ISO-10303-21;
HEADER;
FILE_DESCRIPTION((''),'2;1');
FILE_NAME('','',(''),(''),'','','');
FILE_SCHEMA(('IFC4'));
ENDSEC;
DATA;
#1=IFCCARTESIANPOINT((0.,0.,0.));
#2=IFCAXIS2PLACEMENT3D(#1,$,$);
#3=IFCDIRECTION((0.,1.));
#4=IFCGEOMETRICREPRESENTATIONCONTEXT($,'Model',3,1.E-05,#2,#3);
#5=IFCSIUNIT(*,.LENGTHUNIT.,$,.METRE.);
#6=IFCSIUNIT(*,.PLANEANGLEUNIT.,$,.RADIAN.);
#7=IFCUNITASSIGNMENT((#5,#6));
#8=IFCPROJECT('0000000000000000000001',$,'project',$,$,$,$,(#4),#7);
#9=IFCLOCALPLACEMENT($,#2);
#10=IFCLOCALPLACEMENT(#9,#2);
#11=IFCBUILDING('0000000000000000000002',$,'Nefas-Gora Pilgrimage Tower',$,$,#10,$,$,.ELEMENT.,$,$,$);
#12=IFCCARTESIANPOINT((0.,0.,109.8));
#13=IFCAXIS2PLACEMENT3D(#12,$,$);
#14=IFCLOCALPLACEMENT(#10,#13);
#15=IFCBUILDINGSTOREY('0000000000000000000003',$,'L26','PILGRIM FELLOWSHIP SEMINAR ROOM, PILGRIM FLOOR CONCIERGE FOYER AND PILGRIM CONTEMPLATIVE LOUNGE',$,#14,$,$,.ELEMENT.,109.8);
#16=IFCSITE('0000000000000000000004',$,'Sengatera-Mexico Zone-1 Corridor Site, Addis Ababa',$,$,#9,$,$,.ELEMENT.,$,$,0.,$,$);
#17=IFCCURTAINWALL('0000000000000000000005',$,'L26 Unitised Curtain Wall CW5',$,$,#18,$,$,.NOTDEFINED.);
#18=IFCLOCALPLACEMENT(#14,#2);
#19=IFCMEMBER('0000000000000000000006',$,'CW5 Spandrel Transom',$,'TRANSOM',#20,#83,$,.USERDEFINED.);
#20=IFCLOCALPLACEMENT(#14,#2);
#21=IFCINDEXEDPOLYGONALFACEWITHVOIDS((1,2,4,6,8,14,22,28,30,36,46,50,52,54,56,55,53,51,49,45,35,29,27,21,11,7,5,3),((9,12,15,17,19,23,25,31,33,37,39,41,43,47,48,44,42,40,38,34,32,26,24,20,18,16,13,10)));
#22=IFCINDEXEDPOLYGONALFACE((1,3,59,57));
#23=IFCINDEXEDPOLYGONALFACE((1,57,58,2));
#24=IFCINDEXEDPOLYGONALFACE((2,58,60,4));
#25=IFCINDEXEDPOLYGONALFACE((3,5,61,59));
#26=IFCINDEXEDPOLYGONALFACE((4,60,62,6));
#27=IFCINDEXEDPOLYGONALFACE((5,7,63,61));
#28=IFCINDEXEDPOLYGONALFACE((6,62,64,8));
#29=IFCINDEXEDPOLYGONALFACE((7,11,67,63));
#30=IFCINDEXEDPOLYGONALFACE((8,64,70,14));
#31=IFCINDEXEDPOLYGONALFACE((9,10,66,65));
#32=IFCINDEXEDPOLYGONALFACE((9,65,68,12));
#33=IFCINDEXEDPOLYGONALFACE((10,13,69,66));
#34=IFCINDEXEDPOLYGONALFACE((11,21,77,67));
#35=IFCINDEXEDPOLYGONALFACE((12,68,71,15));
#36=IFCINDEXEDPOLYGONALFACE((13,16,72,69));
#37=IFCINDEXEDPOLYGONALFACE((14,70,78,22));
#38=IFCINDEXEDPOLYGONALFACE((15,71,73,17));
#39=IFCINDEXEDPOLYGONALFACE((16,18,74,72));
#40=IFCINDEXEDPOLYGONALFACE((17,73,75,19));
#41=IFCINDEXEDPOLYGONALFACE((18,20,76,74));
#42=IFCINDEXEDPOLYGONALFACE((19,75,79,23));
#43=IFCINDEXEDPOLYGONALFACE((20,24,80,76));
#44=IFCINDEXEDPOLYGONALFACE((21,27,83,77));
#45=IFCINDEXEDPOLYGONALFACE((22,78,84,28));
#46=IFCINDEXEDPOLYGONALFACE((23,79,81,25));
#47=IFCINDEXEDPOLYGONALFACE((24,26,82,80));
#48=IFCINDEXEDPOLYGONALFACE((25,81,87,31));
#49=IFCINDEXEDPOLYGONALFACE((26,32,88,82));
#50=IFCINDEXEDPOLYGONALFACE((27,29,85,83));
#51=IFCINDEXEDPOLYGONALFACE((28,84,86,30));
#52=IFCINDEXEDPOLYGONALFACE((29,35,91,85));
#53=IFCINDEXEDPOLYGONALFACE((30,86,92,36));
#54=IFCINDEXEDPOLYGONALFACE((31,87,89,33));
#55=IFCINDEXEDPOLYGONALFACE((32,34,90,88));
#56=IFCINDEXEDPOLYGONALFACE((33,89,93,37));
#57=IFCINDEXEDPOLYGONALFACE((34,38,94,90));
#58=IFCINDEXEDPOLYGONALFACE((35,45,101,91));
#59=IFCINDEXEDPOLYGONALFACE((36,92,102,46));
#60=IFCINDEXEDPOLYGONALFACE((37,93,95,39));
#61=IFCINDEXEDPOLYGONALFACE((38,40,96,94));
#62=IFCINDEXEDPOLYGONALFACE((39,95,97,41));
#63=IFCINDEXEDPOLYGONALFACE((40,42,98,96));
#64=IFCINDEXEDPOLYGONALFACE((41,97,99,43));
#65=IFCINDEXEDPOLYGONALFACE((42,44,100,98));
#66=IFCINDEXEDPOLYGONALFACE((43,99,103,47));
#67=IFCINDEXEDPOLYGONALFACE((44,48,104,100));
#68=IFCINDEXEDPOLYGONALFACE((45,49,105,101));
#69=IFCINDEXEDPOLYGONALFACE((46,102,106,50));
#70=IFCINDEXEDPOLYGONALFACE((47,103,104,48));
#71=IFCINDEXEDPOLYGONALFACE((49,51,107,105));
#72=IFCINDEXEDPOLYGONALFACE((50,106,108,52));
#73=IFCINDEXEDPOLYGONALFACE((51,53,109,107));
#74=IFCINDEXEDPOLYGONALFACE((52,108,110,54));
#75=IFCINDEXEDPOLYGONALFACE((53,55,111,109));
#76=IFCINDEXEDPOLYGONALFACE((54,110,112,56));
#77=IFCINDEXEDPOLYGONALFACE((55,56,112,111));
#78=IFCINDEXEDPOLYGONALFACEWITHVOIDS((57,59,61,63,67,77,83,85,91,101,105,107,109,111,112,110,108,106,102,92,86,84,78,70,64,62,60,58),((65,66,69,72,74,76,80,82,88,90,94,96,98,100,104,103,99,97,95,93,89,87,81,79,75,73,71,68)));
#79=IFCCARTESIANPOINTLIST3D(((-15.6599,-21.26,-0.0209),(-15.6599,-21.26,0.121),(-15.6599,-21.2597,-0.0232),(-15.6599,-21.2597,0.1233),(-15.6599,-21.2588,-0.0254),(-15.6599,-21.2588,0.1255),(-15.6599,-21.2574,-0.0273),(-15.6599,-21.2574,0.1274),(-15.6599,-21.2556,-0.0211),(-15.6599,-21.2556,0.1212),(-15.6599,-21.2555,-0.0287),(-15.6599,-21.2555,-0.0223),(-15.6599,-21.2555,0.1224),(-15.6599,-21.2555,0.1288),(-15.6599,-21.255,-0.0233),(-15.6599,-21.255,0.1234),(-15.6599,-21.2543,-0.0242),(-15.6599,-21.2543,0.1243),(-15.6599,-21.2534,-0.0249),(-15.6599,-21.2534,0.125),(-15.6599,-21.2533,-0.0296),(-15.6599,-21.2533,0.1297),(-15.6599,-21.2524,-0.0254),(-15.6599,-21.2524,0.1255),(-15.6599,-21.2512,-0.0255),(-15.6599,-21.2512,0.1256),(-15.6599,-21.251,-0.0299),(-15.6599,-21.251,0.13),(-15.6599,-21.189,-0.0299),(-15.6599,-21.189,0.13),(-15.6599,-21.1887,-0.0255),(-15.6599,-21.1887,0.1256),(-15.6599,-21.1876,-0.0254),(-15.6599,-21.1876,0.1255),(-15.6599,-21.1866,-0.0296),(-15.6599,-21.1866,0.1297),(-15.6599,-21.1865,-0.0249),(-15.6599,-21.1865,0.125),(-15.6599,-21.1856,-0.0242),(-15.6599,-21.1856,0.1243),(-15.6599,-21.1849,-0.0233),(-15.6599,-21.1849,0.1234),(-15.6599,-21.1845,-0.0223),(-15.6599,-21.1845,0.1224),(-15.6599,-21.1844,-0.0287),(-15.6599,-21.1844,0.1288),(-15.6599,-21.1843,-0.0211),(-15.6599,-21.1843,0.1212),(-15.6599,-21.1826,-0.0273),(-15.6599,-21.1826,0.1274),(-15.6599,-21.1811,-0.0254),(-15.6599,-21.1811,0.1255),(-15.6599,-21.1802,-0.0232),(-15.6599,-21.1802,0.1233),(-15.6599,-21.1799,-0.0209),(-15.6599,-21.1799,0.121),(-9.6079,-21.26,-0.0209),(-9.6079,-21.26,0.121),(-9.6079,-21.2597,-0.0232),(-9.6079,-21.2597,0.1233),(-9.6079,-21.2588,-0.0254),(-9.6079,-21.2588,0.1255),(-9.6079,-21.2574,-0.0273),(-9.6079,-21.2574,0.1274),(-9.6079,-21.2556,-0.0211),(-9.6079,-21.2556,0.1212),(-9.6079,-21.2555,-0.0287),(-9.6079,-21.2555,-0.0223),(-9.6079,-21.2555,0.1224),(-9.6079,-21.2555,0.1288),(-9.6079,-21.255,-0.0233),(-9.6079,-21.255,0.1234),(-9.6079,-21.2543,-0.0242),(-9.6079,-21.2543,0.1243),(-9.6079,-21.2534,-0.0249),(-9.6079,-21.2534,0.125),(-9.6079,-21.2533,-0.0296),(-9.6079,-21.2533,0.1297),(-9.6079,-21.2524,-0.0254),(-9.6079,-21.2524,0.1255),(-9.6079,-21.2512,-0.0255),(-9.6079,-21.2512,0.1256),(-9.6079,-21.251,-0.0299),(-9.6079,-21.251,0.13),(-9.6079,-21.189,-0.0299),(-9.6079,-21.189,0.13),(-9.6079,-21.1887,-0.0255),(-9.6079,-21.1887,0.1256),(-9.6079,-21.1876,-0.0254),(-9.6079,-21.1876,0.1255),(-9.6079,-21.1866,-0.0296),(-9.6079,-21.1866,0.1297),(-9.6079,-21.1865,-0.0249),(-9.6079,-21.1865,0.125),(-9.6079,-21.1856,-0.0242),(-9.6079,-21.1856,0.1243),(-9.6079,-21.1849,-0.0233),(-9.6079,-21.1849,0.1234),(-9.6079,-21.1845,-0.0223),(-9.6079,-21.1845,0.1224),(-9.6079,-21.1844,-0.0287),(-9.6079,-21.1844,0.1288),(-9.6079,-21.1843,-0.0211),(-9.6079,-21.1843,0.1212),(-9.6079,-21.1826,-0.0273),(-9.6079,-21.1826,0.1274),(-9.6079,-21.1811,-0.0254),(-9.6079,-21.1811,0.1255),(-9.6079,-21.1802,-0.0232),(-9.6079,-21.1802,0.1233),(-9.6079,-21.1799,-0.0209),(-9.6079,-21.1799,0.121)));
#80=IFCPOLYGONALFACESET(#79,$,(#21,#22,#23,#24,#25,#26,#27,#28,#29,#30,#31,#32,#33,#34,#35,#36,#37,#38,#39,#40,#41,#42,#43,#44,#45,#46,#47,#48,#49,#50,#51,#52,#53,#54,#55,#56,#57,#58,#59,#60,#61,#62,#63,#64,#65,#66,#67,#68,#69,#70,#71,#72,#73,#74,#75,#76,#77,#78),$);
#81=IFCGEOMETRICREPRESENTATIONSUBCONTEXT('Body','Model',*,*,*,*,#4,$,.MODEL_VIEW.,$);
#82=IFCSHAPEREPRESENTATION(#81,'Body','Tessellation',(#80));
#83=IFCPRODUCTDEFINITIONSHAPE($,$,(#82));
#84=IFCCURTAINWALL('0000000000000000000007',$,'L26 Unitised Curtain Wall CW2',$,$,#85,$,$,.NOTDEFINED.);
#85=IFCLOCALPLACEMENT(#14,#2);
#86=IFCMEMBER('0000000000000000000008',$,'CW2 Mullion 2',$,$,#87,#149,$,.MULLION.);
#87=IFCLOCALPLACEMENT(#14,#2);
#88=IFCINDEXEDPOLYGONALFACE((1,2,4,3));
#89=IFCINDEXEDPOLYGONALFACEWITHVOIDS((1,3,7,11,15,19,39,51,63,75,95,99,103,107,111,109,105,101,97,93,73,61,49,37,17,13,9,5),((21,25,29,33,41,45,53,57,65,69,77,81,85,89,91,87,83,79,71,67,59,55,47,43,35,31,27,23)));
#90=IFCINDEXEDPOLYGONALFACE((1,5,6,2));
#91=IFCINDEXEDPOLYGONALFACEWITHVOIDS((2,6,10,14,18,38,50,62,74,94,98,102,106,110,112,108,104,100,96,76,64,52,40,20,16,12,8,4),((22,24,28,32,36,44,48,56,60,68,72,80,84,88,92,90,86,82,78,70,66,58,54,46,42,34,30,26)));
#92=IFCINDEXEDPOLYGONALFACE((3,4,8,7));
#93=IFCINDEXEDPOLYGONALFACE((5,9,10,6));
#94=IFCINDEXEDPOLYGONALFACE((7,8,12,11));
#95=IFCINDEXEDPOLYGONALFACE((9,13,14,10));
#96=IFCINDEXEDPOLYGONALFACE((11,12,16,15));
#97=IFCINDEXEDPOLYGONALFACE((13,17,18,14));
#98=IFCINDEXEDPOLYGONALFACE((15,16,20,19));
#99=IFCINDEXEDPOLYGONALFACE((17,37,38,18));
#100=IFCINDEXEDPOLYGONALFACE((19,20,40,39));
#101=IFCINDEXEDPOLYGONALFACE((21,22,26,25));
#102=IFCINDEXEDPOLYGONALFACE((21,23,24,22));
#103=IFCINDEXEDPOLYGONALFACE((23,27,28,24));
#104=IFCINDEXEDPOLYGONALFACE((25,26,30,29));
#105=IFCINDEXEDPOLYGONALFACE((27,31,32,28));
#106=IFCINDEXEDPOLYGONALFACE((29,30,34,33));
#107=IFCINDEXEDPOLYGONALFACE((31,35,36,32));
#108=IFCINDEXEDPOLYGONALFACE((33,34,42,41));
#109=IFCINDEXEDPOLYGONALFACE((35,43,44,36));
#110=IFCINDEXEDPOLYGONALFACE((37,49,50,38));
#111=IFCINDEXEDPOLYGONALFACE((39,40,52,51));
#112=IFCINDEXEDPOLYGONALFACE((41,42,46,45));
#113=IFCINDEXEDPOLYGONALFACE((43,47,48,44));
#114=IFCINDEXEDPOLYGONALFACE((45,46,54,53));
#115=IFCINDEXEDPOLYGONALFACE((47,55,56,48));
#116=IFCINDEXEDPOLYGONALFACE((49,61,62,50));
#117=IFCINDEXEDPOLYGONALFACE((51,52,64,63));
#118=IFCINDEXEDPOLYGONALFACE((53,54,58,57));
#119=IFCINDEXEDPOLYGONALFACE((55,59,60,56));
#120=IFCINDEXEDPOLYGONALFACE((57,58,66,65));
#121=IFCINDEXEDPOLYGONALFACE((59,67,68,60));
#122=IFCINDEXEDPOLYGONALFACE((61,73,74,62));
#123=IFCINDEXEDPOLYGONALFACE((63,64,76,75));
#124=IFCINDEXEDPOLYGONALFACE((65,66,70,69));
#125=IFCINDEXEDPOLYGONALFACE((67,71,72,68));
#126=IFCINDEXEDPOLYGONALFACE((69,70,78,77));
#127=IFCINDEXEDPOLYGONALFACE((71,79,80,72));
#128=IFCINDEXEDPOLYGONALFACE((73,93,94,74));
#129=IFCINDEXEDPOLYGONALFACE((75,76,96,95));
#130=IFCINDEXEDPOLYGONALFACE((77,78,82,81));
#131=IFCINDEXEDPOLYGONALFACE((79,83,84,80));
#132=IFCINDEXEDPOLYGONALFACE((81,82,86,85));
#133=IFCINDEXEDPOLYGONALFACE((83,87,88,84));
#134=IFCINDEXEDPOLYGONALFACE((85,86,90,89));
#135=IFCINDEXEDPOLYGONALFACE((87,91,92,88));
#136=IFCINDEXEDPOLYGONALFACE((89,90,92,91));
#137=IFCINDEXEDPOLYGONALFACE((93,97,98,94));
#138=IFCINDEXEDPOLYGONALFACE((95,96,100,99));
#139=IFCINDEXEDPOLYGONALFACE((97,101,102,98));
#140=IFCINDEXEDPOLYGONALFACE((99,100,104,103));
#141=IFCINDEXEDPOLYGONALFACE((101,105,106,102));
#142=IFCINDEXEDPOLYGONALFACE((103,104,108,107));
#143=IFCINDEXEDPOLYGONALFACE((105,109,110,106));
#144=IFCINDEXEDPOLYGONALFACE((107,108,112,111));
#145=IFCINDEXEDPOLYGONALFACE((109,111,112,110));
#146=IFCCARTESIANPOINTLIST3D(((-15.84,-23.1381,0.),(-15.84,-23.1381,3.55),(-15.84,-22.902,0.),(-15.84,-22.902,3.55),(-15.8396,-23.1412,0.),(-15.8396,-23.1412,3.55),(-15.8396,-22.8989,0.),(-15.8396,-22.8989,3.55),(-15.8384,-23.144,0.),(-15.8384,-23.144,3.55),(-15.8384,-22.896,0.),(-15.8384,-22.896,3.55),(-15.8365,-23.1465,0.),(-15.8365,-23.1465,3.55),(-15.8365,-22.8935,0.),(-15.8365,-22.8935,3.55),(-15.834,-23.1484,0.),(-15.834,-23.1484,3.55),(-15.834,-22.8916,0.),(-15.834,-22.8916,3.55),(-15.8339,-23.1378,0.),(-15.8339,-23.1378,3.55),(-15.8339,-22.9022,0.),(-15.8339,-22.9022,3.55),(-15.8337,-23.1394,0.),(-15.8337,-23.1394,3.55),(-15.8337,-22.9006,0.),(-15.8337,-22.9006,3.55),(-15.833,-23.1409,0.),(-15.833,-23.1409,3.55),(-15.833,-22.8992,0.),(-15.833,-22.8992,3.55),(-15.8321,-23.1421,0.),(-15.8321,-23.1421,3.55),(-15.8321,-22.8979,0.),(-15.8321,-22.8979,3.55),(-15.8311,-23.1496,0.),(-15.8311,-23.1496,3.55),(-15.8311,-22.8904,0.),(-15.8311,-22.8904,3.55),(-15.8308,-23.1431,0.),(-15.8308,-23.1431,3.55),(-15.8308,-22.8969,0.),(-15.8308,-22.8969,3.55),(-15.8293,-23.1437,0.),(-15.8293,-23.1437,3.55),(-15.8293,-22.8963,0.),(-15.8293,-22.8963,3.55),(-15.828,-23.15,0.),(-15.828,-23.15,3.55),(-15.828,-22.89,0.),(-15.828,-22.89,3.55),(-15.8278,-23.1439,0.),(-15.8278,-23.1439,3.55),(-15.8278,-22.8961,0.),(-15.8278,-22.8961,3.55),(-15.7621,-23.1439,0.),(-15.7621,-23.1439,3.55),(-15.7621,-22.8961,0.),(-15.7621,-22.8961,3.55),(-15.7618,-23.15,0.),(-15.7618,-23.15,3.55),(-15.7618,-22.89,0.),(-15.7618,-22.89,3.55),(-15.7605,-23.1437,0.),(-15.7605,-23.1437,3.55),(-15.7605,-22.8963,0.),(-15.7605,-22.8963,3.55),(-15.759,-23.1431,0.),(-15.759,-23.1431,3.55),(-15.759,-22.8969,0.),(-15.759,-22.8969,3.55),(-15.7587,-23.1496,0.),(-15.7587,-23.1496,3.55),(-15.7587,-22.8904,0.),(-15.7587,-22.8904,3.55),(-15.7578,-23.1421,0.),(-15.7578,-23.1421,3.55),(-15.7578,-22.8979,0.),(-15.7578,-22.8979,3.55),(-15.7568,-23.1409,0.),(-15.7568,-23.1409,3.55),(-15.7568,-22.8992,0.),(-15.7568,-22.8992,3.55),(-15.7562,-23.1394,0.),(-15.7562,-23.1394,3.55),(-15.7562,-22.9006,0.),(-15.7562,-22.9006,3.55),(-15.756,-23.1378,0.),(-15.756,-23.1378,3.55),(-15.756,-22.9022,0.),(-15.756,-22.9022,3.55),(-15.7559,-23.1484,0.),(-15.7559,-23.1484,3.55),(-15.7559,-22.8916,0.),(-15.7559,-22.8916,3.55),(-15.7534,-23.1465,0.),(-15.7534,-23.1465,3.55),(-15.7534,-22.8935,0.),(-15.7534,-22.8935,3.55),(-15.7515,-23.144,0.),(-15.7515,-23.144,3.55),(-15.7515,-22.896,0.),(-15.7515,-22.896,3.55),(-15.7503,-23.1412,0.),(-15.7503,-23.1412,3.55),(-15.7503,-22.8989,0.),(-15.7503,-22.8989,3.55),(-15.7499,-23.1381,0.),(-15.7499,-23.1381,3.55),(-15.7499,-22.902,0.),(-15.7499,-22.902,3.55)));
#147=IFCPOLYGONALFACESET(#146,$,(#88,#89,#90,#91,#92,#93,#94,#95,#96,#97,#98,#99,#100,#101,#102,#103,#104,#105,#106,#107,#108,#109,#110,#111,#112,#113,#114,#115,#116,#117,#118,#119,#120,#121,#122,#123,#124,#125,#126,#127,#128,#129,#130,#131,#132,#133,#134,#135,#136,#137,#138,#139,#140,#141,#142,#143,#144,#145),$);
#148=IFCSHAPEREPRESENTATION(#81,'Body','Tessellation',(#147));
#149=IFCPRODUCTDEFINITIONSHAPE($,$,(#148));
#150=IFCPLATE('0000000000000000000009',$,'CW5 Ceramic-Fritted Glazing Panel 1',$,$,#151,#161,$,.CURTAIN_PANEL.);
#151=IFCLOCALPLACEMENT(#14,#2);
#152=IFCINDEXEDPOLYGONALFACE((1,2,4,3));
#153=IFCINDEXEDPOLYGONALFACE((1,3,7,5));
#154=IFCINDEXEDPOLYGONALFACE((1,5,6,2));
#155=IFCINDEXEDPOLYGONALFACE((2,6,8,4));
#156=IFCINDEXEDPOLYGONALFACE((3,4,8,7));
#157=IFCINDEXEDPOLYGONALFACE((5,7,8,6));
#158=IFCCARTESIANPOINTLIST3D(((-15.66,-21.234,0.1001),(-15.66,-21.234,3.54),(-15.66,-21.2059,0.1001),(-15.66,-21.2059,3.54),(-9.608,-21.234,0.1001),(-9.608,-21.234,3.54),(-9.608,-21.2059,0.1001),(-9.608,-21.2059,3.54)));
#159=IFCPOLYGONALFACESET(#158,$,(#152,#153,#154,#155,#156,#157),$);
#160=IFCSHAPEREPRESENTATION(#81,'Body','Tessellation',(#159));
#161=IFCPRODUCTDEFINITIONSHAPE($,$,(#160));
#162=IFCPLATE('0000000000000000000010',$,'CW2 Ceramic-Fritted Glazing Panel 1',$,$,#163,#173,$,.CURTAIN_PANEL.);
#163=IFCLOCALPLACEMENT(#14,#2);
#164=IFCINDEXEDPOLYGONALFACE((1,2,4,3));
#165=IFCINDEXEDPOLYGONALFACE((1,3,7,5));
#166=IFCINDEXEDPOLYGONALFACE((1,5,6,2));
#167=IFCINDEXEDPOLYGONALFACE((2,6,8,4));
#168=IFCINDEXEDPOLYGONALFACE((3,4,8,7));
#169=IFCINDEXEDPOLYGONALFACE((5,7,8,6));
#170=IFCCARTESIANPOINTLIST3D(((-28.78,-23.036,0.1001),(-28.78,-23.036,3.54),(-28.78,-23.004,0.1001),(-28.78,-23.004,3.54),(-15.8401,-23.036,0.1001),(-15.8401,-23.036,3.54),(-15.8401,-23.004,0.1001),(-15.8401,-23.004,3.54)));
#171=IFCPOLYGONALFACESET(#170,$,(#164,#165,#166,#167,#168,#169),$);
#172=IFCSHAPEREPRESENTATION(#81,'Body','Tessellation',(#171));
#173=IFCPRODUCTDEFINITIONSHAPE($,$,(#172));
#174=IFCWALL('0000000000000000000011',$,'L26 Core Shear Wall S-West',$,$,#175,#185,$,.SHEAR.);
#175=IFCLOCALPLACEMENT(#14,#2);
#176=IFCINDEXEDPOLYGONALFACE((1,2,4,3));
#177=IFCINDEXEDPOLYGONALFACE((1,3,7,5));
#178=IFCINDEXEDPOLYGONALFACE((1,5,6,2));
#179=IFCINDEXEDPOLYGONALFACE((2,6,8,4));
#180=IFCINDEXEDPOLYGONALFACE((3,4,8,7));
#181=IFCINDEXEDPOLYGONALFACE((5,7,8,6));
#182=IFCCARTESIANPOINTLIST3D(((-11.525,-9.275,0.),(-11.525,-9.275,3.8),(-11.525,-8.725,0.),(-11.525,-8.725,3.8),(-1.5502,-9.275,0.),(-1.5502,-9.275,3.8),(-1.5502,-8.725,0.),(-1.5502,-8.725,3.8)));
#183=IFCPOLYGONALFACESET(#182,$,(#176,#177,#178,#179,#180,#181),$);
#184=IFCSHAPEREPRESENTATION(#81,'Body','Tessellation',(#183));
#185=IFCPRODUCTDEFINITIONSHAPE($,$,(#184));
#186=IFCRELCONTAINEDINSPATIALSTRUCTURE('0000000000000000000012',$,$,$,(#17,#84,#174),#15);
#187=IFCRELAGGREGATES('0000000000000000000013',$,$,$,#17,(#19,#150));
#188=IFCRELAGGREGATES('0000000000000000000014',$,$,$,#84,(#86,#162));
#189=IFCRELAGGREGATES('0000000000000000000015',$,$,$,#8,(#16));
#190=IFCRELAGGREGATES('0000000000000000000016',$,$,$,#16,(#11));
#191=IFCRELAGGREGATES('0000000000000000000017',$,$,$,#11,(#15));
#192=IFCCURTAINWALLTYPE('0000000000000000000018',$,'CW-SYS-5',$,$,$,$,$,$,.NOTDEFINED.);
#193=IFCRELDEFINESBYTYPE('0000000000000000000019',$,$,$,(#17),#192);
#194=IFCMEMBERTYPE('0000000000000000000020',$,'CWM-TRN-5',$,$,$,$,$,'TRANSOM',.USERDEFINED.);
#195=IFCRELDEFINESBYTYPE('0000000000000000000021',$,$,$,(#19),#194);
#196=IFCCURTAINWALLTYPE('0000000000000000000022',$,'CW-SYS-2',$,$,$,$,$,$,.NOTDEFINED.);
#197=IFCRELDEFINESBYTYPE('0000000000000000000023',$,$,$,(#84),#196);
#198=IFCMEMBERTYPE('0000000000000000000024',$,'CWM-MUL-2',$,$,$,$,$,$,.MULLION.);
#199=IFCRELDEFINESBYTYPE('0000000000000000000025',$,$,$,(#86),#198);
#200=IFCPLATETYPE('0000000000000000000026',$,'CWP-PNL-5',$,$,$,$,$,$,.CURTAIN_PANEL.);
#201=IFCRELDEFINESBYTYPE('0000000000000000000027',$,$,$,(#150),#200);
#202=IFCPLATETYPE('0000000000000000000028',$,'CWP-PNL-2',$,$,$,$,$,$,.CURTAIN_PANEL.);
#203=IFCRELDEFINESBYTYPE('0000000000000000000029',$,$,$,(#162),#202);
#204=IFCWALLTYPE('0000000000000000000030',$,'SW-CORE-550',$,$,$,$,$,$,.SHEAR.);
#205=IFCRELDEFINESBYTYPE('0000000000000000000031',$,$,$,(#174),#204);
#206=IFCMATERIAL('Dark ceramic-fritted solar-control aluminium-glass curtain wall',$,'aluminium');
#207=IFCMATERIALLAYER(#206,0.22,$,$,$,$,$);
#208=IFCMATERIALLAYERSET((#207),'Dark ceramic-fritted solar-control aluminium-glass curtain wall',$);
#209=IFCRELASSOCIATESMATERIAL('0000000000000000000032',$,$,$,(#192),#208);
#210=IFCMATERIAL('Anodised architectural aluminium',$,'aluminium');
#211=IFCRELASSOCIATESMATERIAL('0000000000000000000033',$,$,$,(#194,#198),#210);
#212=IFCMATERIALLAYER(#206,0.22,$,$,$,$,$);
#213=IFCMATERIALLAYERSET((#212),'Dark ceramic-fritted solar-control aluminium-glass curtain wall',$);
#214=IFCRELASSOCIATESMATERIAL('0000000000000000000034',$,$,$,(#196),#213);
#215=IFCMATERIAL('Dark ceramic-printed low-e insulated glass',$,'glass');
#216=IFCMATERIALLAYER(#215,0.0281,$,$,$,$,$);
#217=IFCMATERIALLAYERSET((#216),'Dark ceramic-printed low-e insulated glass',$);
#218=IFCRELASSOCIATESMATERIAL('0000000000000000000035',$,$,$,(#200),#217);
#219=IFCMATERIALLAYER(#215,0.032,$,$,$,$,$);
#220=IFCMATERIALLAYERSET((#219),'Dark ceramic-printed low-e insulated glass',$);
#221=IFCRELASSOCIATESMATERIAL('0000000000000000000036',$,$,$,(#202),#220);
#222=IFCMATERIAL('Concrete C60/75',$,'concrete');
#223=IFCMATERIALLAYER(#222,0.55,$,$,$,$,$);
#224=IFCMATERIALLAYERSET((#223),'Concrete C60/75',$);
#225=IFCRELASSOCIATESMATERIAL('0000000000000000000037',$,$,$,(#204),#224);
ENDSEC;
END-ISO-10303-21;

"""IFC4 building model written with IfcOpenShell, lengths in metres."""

from ifc_helpers import new_model, si_unit, direction, frame, frame_2d, origin, origin_2d, place, context, subcontext, project, spatial, rectangle, hollow_rectangle, extrude, source, transform, mapped, material, layer, layer_set, material_profile, profile_set, type_object, element, aggregate, save


model = new_model("IFC4")

# Units and contexts
model_context = context("Model", 3, precision=1e-05, world=origin(), true_north=direction((0.0, 1.0)))
body_context = subcontext(model_context, "Body", "Model", "MODEL_VIEW")
ifc_project = project(units=[si_unit("LENGTHUNIT", "METRE"), si_unit("PLANEANGLEUNIT", "RADIAN")], contexts=[model_context])

# Site, building, storey
site_placement = place(None, origin())
site = spatial("IfcSite", under=ifc_project, at=site_placement, Name="Sengatera-Mexico Zone-1 Corridor Site, Addis Ababa", CompositionType="ELEMENT", RefElevation=0.0)
building_placement = place(site_placement, origin())
building = spatial("IfcBuilding", under=site, at=building_placement, Name="Nefas-Gora Pilgrimage Tower", CompositionType="ELEMENT")
storey_placement = place(building_placement, frame((0.0, 0.0, 109.8)))
storey = spatial("IfcBuildingStorey", under=building, at=storey_placement, Name="L26", Description="PILGRIM FELLOWSHIP SEMINAR ROOM, PILGRIM FLOOR CONCIERGE FOYER AND PILGRIM CONTEMPLATIVE LOUNGE", CompositionType="ELEMENT", Elevation=109.8)

# Curtain wall, member
ifc_material_1 = material(Name="Dark ceramic-fritted solar-control aluminium-glass curtain wall", Category="aluminium")
ifc_layer_1 = layer(ifc_material_1, 0.22)
ifc_layer_set_1 = layer_set([ifc_layer_1], Name="Dark ceramic-fritted solar-control aluminium-glass curtain wall")
curtain_wall_type_1 = type_object("IfcCurtainWallType", Name="CW-SYS-5", PredefinedType="NOTDEFINED", material=ifc_layer_set_1)
curtain_wall_1_placement = place(storey_placement, origin())
curtain_wall_1 = element("IfcCurtainWall", 1, at=curtain_wall_1_placement, inside=storey, type_object=curtain_wall_type_1, Name="L26 Unitised Curtain Wall CW5", PredefinedType="NOTDEFINED")
ifc_material_2 = material(Name="Anodised architectural aluminium", Category="aluminium")
ifc_material_profile_1 = material_profile(ifc_material_2, hollow_rectangle(XDim=0.0801, YDim=0.1599, WallThickness=0.0044, InnerFilletRadius=0.0044, OuterFilletRadius=0.009, at=origin_2d()), Name="ALU TRANSOM 80x160")
ifc_profile_set_1 = profile_set([ifc_material_profile_1], Name="Anodised architectural aluminium")
member_type_1 = type_object("IfcMemberType", Name="CWM-TRN-5", ElementType="TRANSOM", PredefinedType="USERDEFINED", material=ifc_profile_set_1)
shared_shape_1 = source(origin(), body_context, "Body", "SweptSolid", [
    extrude(hollow_rectangle(XDim=0.0801, YDim=0.1599, WallThickness=0.0044, InnerFilletRadius=0.0044, OuterFilletRadius=0.009, at=origin_2d()), origin(), (0.0, 0.0, 1.0), 6.052),
])
member_1_placement = place(storey_placement, frame((-15.6599, -21.22, 0.05), z_axis=(1.0, 0.0, 0.0), x_axis=(0.0, 1.0, 0.0)))
member_1 = element("IfcMember", 2, at=member_1_placement, type_object=member_type_1, Name="CW5 Spandrel Transom", ObjectType="TRANSOM", PredefinedType="USERDEFINED", context=body_context, shape_type="MappedRepresentation", body=[
    mapped(shared_shape_1, transform((0.0, 0.0, 0.0), x_axis=(1.0, 0.0, 0.0), y_axis=(0.0, 1.0, 0.0), z_axis=(0.0, 0.0, 1.0), scale=1.0)),
])

# Curtain wall, member
ifc_layer_2 = layer(ifc_material_1, 0.22)
ifc_layer_set_2 = layer_set([ifc_layer_2], Name="Dark ceramic-fritted solar-control aluminium-glass curtain wall")
curtain_wall_type_2 = type_object("IfcCurtainWallType", Name="CW-SYS-2", PredefinedType="NOTDEFINED", material=ifc_layer_set_2)
curtain_wall_2_placement = place(storey_placement, origin())
curtain_wall_2 = element("IfcCurtainWall", 3, at=curtain_wall_2_placement, inside=storey, type_object=curtain_wall_type_2, Name="L26 Unitised Curtain Wall CW2", PredefinedType="NOTDEFINED")
ifc_material_profile_2 = material_profile(ifc_material_2, hollow_rectangle(XDim=0.0901, YDim=0.26, WallThickness=0.0061, InnerFilletRadius=0.0061, OuterFilletRadius=0.012, at=origin_2d()), Name="ALU MULLION 90x260")
ifc_profile_set_2 = profile_set([ifc_material_profile_2], Name="Anodised architectural aluminium")
member_type_2 = type_object("IfcMemberType", Name="CWM-MUL-2", PredefinedType="MULLION", material=ifc_profile_set_2)
shared_shape_2 = source(origin(), body_context, "Body", "SweptSolid", [
    extrude(hollow_rectangle(XDim=0.0901, YDim=0.26, WallThickness=0.0061, InnerFilletRadius=0.0061, OuterFilletRadius=0.012, at=origin_2d()), origin(), (0.0, 0.0, 1.0), 3.55),
])
member_2_placement = place(storey_placement, frame((-15.7949, -23.02, 0.0), z_axis=(0.0, 0.0, 1.0), x_axis=(1.0, 0.0, 0.0)))
member_2 = element("IfcMember", 4, at=member_2_placement, type_object=member_type_2, Name="CW2 Mullion 2", PredefinedType="MULLION", context=body_context, shape_type="MappedRepresentation", body=[
    mapped(shared_shape_2, transform((0.0, 0.0, 0.0), x_axis=(1.0, 0.0, 0.0), y_axis=(0.0, 1.0, 0.0), z_axis=(0.0, 0.0, 1.0), scale=1.0)),
])

# Plates
ifc_material_3 = material(Name="Dark ceramic-printed low-e insulated glass", Category="glass")
ifc_layer_3 = layer(ifc_material_3, 0.0281)
ifc_layer_set_3 = layer_set([ifc_layer_3], Name="Dark ceramic-printed low-e insulated glass")
plate_type_1 = type_object("IfcPlateType", Name="CWP-PNL-5", PredefinedType="CURTAIN_PANEL", material=ifc_layer_set_3)
shared_shape_3 = source(origin(), body_context, "Body", "SweptSolid", [
    extrude(rectangle(XDim=6.052, YDim=0.0281, at=origin_2d()), origin(), (0.0, 0.0, 1.0), 3.4399),
])
plate_1_placement = place(storey_placement, frame((-12.634, -21.22, 0.1001), z_axis=(0.0, 0.0, 1.0), x_axis=(1.0, 0.0, 0.0)))
plate_1 = element("IfcPlate", 5, at=plate_1_placement, type_object=plate_type_1, Name="CW5 Ceramic-Fritted Glazing Panel 1", PredefinedType="CURTAIN_PANEL", context=body_context, shape_type="MappedRepresentation", body=[
    mapped(shared_shape_3, transform((0.0, 0.0, 0.0), x_axis=(1.0, 0.0, 0.0), y_axis=(0.0, 1.0, 0.0), z_axis=(0.0, 0.0, 1.0), scale=1.0)),
])
aggregate(curtain_wall_1, [member_1, plate_1])
ifc_layer_4 = layer(ifc_material_3, 0.032)
ifc_layer_set_4 = layer_set([ifc_layer_4], Name="Dark ceramic-printed low-e insulated glass")
plate_type_2 = type_object("IfcPlateType", Name="CWP-PNL-2", PredefinedType="CURTAIN_PANEL", material=ifc_layer_set_4)
shared_shape_4 = source(origin(), body_context, "Body", "SweptSolid", [
    extrude(rectangle(XDim=12.9399, YDim=0.032, at=origin_2d()), origin(), (0.0, 0.0, 1.0), 3.4399),
])
plate_2_placement = place(storey_placement, frame((-22.3101, -23.02, 0.1001), z_axis=(0.0, 0.0, 1.0), x_axis=(1.0, 0.0, 0.0)))
plate_2 = element("IfcPlate", 6, at=plate_2_placement, type_object=plate_type_2, Name="CW2 Ceramic-Fritted Glazing Panel 1", PredefinedType="CURTAIN_PANEL", context=body_context, shape_type="MappedRepresentation", body=[
    mapped(shared_shape_4, transform((0.0, 0.0, 0.0), x_axis=(1.0, 0.0, 0.0), y_axis=(0.0, 1.0, 0.0), z_axis=(0.0, 0.0, 1.0), scale=1.0)),
])
aggregate(curtain_wall_2, [member_2, plate_2])

# Wall
ifc_material_4 = material(Name="Concrete C60/75", Category="concrete")
ifc_layer_5 = layer(ifc_material_4, 0.55)
ifc_layer_set_5 = layer_set([ifc_layer_5], Name="Concrete C60/75")
wall_type_1 = type_object("IfcWallType", Name="SW-CORE-550", PredefinedType="SHEAR", material=ifc_layer_set_5)
shared_shape_5 = source(origin(), body_context, "Body", "SweptSolid", [
    extrude(rectangle(XDim=9.9749, YDim=0.55, at=frame_2d((4.9873, 0.0))), origin(), (0.0, 0.0, 1.0), 3.8),
])
wall_1_placement = place(storey_placement, frame((-11.5249, -9.0, 0.0), z_axis=(0.0, 0.0, 1.0), x_axis=(1.0, 0.0, 0.0)))
element("IfcWall", 7, at=wall_1_placement, inside=storey, type_object=wall_type_1, Name="L26 Core Shear Wall S-West", PredefinedType="SHEAR", context=body_context, shape_type="MappedRepresentation", body=[
    mapped(shared_shape_5, transform((0.0, 0.0, 0.0), x_axis=(1.0, 0.0, 0.0), y_axis=(0.0, 1.0, 0.0), z_axis=(0.0, 0.0, 1.0), scale=1.0)),
])

save(model, "model.ifc")
